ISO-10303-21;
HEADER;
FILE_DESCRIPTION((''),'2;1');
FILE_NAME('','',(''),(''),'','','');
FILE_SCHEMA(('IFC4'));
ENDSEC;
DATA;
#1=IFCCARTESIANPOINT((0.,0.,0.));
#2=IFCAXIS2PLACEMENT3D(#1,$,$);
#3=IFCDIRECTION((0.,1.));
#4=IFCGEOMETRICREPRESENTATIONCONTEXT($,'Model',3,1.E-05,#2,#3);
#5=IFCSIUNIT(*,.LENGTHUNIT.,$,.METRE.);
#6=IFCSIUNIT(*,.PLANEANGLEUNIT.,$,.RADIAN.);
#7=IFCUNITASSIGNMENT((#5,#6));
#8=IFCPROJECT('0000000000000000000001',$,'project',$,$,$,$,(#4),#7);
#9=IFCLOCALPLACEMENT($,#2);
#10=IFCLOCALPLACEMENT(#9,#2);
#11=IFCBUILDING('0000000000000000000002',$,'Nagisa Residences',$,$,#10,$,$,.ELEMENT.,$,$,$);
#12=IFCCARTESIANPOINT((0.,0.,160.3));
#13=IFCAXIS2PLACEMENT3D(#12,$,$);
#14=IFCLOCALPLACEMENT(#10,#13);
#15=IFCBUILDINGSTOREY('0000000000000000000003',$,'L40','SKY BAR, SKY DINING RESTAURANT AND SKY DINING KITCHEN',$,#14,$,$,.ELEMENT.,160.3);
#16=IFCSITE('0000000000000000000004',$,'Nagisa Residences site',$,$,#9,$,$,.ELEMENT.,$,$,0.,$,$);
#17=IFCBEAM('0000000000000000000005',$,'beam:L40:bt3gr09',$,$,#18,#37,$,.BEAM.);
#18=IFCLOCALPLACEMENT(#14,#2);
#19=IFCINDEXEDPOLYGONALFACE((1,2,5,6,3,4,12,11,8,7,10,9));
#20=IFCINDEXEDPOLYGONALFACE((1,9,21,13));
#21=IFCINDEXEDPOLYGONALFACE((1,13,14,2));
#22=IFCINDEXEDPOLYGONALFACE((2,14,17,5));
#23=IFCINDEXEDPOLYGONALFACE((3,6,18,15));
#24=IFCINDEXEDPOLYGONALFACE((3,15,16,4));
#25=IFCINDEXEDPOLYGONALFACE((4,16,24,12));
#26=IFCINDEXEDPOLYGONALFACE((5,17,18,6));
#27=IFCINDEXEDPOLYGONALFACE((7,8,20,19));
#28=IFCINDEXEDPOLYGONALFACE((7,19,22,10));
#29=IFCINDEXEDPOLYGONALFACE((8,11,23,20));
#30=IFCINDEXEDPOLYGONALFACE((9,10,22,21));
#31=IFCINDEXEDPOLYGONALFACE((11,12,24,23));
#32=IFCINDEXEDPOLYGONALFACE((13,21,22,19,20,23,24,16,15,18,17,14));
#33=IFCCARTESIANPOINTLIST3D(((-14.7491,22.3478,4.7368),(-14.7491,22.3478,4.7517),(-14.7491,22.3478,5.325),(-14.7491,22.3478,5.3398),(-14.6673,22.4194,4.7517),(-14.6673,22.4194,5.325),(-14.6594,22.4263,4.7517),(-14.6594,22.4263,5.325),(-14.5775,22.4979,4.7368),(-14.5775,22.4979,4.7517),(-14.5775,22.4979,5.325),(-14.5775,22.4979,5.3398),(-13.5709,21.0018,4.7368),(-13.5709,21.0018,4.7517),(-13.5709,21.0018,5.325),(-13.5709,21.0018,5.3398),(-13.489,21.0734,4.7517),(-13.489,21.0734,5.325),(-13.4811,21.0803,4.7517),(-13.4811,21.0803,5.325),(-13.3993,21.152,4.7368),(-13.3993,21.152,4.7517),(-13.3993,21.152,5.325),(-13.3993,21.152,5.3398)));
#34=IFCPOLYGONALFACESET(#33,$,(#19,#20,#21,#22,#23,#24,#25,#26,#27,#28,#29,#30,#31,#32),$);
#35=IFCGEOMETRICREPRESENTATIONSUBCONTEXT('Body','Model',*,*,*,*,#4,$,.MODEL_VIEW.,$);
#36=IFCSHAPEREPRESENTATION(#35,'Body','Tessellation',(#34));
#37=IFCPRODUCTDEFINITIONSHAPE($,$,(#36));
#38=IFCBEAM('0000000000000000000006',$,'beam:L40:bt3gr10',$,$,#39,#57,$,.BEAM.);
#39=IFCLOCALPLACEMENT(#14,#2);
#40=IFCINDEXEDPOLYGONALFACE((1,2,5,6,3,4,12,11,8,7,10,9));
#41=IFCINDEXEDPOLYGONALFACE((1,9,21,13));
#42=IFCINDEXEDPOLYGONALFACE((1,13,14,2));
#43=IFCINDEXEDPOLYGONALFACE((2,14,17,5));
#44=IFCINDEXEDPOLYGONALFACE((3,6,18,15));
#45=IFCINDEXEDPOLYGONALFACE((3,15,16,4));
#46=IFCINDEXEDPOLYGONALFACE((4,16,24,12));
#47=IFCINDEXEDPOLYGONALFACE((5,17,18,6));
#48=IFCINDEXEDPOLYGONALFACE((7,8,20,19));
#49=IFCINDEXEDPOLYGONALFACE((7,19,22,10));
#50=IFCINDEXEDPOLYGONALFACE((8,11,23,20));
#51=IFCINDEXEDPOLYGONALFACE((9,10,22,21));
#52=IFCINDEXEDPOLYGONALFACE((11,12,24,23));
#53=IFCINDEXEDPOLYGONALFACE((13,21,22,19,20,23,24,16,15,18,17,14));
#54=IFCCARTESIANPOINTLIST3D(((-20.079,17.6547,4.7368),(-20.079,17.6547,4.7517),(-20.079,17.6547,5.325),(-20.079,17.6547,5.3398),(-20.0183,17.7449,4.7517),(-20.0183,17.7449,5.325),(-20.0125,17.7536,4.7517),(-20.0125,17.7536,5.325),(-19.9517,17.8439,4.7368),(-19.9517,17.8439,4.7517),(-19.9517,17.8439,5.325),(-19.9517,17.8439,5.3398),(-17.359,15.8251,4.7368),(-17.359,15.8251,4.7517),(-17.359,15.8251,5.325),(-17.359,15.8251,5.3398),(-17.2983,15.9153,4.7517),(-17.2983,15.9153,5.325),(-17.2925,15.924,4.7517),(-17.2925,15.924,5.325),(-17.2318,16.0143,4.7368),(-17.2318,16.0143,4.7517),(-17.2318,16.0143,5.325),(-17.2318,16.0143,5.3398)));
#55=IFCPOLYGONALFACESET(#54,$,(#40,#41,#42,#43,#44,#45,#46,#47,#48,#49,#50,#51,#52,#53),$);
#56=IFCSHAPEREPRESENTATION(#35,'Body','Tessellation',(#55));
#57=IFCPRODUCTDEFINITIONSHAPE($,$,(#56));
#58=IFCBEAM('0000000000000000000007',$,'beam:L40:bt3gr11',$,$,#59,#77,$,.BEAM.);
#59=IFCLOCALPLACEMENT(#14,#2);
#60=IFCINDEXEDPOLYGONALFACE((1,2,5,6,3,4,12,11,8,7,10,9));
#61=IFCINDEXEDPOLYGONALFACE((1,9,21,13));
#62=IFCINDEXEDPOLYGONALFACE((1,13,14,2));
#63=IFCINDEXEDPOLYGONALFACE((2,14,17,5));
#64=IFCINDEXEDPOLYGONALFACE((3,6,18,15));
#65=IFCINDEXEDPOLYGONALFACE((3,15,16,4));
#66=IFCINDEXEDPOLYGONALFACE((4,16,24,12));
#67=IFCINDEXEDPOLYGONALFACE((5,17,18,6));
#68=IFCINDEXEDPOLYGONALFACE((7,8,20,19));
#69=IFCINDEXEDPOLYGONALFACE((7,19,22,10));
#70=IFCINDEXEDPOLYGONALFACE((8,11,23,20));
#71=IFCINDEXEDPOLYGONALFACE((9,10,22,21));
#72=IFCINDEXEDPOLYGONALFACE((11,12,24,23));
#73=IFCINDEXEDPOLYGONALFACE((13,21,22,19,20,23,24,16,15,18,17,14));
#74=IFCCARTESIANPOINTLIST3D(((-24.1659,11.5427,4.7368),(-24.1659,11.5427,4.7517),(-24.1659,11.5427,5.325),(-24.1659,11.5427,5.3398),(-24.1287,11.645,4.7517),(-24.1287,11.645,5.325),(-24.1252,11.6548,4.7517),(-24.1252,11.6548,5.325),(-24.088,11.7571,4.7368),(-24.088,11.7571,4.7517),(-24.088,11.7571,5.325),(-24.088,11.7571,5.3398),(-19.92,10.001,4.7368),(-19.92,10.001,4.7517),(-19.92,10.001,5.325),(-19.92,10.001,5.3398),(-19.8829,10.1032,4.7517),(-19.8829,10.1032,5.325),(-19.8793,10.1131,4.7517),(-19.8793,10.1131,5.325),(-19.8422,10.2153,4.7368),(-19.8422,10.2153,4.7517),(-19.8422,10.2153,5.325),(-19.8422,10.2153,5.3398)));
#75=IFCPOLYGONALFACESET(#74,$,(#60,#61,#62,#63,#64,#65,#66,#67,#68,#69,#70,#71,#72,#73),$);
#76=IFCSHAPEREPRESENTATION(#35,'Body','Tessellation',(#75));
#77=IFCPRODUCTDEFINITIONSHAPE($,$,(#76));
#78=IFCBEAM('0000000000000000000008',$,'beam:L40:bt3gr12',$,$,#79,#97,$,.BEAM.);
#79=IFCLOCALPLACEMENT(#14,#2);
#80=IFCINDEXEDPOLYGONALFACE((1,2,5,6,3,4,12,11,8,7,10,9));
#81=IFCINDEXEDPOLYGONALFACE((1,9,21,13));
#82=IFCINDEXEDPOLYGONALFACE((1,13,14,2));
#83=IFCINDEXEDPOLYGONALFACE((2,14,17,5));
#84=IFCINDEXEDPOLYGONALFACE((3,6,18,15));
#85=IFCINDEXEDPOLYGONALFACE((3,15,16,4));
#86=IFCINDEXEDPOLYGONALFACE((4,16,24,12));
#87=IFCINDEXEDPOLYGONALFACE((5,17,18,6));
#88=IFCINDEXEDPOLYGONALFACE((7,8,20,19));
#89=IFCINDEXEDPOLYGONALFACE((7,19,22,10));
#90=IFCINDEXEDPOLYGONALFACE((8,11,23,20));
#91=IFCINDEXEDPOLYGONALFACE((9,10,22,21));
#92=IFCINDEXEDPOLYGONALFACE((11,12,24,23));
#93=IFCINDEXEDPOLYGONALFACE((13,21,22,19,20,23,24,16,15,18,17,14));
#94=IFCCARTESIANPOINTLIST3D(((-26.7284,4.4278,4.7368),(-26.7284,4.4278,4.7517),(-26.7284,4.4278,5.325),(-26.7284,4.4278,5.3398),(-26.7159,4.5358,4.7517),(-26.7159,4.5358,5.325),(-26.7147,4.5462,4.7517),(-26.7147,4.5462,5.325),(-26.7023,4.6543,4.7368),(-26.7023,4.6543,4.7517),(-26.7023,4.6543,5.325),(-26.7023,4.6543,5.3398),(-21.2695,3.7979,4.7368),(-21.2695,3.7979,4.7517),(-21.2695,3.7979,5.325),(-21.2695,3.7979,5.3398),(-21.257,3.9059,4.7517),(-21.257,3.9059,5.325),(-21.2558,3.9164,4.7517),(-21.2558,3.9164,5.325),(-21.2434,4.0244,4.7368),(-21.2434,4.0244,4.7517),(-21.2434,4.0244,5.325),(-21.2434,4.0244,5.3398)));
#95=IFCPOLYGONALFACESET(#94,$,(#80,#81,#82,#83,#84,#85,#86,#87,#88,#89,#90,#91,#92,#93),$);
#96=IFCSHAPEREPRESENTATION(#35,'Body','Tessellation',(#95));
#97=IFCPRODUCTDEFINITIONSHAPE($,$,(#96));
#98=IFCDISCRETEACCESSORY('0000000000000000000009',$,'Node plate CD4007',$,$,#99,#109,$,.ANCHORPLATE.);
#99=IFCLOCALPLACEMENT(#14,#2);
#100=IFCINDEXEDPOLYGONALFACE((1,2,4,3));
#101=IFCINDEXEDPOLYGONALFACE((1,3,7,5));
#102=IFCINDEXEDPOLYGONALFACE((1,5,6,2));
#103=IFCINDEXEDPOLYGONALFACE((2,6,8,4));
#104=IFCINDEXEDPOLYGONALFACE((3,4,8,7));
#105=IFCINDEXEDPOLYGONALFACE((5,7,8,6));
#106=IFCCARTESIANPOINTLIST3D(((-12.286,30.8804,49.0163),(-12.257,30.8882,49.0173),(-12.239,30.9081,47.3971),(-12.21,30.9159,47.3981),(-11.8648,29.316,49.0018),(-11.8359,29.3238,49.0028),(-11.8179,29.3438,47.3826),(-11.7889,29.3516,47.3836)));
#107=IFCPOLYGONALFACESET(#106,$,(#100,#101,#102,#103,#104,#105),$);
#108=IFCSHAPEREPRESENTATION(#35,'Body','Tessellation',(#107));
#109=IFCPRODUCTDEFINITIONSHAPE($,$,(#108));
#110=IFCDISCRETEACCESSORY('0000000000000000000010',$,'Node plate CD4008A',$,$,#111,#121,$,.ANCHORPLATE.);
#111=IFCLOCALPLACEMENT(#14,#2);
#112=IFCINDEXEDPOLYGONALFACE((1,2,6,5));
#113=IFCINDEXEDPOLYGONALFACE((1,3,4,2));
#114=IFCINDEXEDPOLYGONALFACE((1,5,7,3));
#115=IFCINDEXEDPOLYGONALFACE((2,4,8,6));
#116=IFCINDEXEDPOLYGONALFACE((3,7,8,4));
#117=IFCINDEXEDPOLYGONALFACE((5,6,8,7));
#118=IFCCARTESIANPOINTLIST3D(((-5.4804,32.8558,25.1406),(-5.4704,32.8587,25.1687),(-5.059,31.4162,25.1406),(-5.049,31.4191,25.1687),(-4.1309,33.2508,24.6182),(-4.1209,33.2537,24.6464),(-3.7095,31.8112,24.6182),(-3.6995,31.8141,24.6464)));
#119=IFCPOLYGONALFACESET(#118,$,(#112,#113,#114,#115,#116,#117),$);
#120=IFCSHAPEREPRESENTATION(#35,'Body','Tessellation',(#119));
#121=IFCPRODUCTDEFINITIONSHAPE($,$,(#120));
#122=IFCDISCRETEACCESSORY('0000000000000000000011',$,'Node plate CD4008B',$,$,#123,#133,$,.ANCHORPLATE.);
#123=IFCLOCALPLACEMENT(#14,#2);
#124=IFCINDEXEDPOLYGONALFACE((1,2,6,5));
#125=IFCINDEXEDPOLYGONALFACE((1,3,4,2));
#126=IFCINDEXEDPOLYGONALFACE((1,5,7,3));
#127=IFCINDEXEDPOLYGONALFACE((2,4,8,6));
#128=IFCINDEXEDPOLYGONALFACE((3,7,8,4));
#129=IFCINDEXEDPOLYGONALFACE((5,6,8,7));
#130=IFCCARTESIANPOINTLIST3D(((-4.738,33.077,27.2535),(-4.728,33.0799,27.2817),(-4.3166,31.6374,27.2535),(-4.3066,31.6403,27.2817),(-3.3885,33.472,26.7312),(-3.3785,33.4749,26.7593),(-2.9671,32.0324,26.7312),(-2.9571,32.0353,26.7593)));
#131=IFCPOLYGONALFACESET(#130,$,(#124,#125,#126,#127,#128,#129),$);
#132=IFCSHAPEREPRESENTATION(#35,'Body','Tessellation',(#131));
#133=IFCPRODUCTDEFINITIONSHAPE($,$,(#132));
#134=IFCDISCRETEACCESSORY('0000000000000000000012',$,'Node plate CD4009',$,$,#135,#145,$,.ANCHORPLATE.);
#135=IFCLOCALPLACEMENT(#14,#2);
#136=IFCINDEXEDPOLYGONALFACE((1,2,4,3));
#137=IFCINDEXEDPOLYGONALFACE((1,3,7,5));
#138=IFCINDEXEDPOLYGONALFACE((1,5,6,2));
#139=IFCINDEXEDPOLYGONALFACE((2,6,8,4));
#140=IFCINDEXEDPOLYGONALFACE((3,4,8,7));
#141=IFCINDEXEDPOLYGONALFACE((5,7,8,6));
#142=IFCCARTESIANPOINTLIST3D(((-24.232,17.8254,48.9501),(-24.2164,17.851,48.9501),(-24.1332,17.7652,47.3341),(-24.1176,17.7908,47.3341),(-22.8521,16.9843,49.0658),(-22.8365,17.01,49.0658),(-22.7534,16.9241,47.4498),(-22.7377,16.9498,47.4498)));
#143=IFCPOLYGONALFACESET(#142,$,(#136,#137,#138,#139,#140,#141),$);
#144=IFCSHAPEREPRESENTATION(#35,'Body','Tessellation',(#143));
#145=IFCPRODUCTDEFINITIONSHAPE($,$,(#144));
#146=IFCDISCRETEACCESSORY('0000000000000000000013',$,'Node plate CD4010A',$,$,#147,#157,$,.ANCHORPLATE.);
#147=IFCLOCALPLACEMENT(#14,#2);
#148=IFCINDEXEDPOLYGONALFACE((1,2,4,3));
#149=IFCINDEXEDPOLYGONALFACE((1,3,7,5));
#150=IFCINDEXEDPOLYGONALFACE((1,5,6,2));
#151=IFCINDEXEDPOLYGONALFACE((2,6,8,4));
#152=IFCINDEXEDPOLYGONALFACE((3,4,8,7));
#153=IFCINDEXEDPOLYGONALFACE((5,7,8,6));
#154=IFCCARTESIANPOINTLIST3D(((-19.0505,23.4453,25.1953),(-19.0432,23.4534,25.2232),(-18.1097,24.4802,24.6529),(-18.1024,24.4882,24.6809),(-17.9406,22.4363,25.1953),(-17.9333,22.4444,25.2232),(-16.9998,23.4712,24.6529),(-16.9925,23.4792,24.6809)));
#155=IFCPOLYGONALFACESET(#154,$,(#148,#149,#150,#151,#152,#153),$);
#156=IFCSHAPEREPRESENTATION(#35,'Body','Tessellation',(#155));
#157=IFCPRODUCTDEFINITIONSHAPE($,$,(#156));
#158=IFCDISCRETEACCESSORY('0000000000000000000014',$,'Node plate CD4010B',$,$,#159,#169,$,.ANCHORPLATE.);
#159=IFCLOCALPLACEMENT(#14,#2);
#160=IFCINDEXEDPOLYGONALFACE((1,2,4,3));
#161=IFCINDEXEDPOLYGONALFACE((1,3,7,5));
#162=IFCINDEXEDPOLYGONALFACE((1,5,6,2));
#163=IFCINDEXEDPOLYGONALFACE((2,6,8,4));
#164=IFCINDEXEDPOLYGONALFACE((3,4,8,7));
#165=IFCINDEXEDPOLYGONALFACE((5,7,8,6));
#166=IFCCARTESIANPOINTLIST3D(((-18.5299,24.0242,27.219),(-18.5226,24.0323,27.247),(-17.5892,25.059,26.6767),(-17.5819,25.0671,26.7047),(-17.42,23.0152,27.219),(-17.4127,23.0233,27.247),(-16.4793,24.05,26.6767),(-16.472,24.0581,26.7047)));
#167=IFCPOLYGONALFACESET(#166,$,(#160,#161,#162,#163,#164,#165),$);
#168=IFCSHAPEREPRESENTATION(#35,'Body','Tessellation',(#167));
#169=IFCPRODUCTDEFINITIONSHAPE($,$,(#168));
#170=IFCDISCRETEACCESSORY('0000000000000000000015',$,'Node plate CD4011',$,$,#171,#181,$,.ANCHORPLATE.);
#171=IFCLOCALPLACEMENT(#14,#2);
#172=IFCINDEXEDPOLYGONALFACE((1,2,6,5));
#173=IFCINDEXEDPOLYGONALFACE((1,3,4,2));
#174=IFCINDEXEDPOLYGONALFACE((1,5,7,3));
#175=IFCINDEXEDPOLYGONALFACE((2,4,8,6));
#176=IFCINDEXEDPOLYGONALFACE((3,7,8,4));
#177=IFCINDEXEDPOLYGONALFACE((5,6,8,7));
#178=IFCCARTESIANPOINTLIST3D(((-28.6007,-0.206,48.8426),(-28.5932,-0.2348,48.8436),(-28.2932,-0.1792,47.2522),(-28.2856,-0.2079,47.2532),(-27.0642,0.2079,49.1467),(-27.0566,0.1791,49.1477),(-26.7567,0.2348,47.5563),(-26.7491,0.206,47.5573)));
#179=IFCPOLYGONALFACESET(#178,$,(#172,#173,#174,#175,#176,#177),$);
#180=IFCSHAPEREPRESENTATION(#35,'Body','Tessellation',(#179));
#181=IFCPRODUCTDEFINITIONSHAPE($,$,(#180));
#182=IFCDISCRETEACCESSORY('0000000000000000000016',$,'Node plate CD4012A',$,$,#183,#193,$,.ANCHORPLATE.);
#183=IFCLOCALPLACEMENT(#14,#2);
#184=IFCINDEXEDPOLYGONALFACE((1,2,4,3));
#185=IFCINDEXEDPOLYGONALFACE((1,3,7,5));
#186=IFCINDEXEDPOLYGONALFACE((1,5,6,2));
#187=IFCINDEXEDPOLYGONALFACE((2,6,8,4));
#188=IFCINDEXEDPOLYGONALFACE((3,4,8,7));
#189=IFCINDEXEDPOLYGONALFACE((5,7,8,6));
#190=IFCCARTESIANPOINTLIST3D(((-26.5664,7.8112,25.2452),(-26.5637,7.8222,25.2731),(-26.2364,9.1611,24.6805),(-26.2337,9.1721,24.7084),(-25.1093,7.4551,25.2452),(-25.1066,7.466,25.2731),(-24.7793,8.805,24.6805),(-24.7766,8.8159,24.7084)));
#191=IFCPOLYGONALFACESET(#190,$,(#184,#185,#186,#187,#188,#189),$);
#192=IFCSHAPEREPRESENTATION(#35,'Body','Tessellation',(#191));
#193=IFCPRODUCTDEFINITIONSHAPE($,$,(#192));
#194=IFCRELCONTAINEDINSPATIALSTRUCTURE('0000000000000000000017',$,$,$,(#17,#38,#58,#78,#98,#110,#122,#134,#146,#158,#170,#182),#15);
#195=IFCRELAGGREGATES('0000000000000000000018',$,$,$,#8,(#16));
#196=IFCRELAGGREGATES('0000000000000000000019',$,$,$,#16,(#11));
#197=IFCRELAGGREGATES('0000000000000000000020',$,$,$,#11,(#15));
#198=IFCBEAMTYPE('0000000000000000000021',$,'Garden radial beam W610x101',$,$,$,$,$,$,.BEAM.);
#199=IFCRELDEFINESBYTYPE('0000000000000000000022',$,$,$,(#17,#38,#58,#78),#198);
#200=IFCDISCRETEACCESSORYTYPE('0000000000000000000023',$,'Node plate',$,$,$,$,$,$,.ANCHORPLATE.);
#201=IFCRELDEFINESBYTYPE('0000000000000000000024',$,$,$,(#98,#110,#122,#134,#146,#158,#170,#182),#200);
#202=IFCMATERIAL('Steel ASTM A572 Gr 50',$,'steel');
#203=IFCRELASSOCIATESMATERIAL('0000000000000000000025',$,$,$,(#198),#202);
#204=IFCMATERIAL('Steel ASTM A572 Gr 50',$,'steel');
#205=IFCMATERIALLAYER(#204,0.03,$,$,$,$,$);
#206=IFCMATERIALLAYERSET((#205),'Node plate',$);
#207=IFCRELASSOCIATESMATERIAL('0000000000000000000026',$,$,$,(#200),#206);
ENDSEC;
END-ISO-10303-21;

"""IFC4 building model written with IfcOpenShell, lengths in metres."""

from ifc_helpers import new_model, si_unit, direction, frame, origin, origin_2d, place, context, subcontext, project, spatial, rectangle, i_section, extrude, material, layer, layer_set, material_profile, profile_set, type_object, element, save


model = new_model("IFC4")

# Units and contexts
model_context = context("Model", 3, precision=1e-05, world=origin(), true_north=direction((0.0, 1.0)))
body_context = subcontext(model_context, "Body", "Model", "MODEL_VIEW")
ifc_project = project(units=[si_unit("LENGTHUNIT", "METRE"), si_unit("PLANEANGLEUNIT", "RADIAN")], contexts=[model_context])

# Site, building, storey
site_placement = place(None, origin())
site = spatial("IfcSite", under=ifc_project, at=site_placement, Name="Nagisa Residences site", CompositionType="ELEMENT", RefElevation=0.0)
building_placement = place(site_placement, origin())
building = spatial("IfcBuilding", under=site, at=building_placement, Name="Nagisa Residences", CompositionType="ELEMENT")
storey_placement = place(building_placement, frame((0.0, 0.0, 160.3)))
storey = spatial("IfcBuildingStorey", under=building, at=storey_placement, Name="L40", Description="SKY BAR, SKY DINING RESTAURANT AND SKY DINING KITCHEN", CompositionType="ELEMENT", Elevation=160.3)

# Beams
ifc_material_1 = material(Name="Steel ASTM A572 Gr 50", Category="steel")
ifc_material_profile_1 = material_profile(ifc_material_1, i_section(OverallWidth=0.228, OverallDepth=0.603, WebThickness=0.0105, FlangeThickness=0.0149, at=origin_2d()), Name="W610x101")
ifc_profile_set_1 = profile_set([ifc_material_profile_1], Name="Steel ASTM A572 Gr 50")
beam_type_1 = type_object("IfcBeamType", Name="Garden radial beam W610x101", PredefinedType="BEAM", material=ifc_profile_set_1)
beam_1_placement = place(storey_placement, frame((-14.6633, 22.4229, 5.0383), z_axis=(0.658669, -0.752433, 0.0), x_axis=(0.752433, 0.658669, 0.0)))
element("IfcBeam", 1, at=beam_1_placement, inside=storey, type_object=beam_type_1, Name="beam:L40:bt3gr09", PredefinedType="BEAM", context=body_context, shape_type="SweptSolid", body=[
    extrude(i_section(OverallWidth=0.228, OverallDepth=0.603, WebThickness=0.0105, FlangeThickness=0.0149, at=origin_2d()), origin(), (0.0, 0.0, 1.0), 1.7888),
])
beam_2_placement = place(storey_placement, frame((-20.0154, 17.7493, 5.0383), z_axis=(0.829752, -0.558133, 0.0), x_axis=(0.558133, 0.829752, 0.0)))
element("IfcBeam", 2, at=beam_2_placement, inside=storey, type_object=beam_type_1, Name="beam:L40:bt3gr10", PredefinedType="BEAM", context=body_context, shape_type="SweptSolid", body=[
    extrude(i_section(OverallWidth=0.228, OverallDepth=0.603, WebThickness=0.0105, FlangeThickness=0.0149, at=origin_2d()), origin(), (0.0, 0.0, 1.0), 3.2781),
])
beam_3_placement = place(storey_placement, frame((-24.127, 11.6499, 5.0383), z_axis=(0.93995, -0.341313, 0.0), x_axis=(0.341313, 0.93995, 0.0)))
element("IfcBeam", 3, at=beam_3_placement, inside=storey, type_object=beam_type_1, Name="beam:L40:bt3gr11", PredefinedType="BEAM", context=body_context, shape_type="SweptSolid", body=[
    extrude(i_section(OverallWidth=0.228, OverallDepth=0.603, WebThickness=0.0105, FlangeThickness=0.0149, at=origin_2d()), origin(), (0.0, 0.0, 1.0), 4.5171),
])
beam_4_placement = place(storey_placement, frame((-26.7153, 4.541, 5.0383), z_axis=(0.993409, -0.114624, 0.0), x_axis=(0.114624, 0.993409, 0.0)))
element("IfcBeam", 4, at=beam_4_placement, inside=storey, type_object=beam_type_1, Name="beam:L40:bt3gr12", PredefinedType="BEAM", context=body_context, shape_type="SweptSolid", body=[
    extrude(i_section(OverallWidth=0.228, OverallDepth=0.603, WebThickness=0.0105, FlangeThickness=0.0149, at=origin_2d()), origin(), (0.0, 0.0, 1.0), 5.4951),
])

# Discrete accessories
ifc_material_2 = material(Name="Steel ASTM A572 Gr 50", Category="steel")
ifc_layer = layer(ifc_material_2, 0.03)
ifc_layer_set = layer_set([ifc_layer], Name="Node plate")
discrete_accessory_type = type_object("IfcDiscreteAccessoryType", Name="Node plate", PredefinedType="ANCHORPLATE", material=ifc_layer_set)
discrete_accessory_1_placement = place(storey_placement, frame((-12.0229, 30.1199, 48.2004), z_axis=(-0.965186, -0.259546, -0.032443), x_axis=(0.028996, 0.017102, -0.999433)))
element("IfcDiscreteAccessory", 5, at=discrete_accessory_1_placement, inside=storey, type_object=discrete_accessory_type, Name="Node plate CD4007", PredefinedType="ANCHORPLATE", context=body_context, shape_type="SweptSolid", body=[
    extrude(rectangle(XDim=1.6201, YDim=1.6201, at=origin_2d()), origin(), (0.0, 0.0, 1.0), 0.03),
])
for number, where, z_axis, x_axis, name in (
    (6, (-4.595, 32.3335, 24.8794), (0.334207, 0.097817, 0.93741), (-0.280899, 0.959737, 0.0), "Node plate CD4008A"),
    (7, (-3.8425, 32.5576, 27.0205), (-0.334207, -0.097817, -0.93741), (0.280899, -0.959737, 0.0), "Node plate CD4008B"),
):
    element("IfcDiscreteAccessory", number, at=place(storey_placement, frame(where, z_axis=z_axis, x_axis=x_axis)), inside=storey, type_object=discrete_accessory_type, Name=name, PredefinedType="ANCHORPLATE", context=body_context, shape_type="SweptSolid", body=[
        extrude(rectangle(XDim=1.5, YDim=1.5, at=origin_2d()), origin(), (0.0, 0.0, 1.0), 0.03),
    ])
discrete_accessory_2_placement = place(storey_placement, frame((-23.4927, 17.3748, 48.2), z_axis=(0.520463, 0.853884, 0.0), x_axis=(0.060975, -0.037166, -0.997447)))
element("IfcDiscreteAccessory", 8, at=discrete_accessory_2_placement, inside=storey, type_object=discrete_accessory_type, Name="Node plate CD4009", PredefinedType="ANCHORPLATE", context=body_context, shape_type="SweptSolid", body=[
    extrude(rectangle(XDim=1.6201, YDim=1.6201, at=origin_2d()), origin(), (0.0, 0.0, 1.0), 0.03),
])
for number, where, z_axis, x_axis, name in (
    (9, (-18.0251, 23.4583, 24.9241), (0.24322, 0.267542, 0.932344), (-0.73994, 0.672673, 0.0), "Node plate CD4010A"),
    (10, (-17.4973, 24.0452, 26.9758), (-0.24322, -0.267542, -0.932344), (0.73994, -0.672673, 0.0), "Node plate CD4010B"),
):
    element("IfcDiscreteAccessory", number, at=place(storey_placement, frame(where, z_axis=z_axis, x_axis=x_axis)), inside=storey, type_object=discrete_accessory_type, Name=name, PredefinedType="ANCHORPLATE", context=body_context, shape_type="SweptSolid", body=[
        extrude(rectangle(XDim=1.5, YDim=1.5, at=origin_2d()), origin(), (0.0, 0.0, 1.0), 0.03),
    ])
discrete_accessory_3_placement = place(storey_placement, frame((-27.6711, -0.0144, 48.2004), z_axis=(-0.253953, 0.966661, -0.032768), x_axis=(0.189827, 0.016593, -0.981677)))
element("IfcDiscreteAccessory", 11, at=discrete_accessory_3_placement, inside=storey, type_object=discrete_accessory_type, Name="Node plate CD4011", PredefinedType="ANCHORPLATE", context=body_context, shape_type="SweptSolid", body=[
    extrude(rectangle(XDim=1.6201, YDim=1.6201, at=origin_2d()), origin(), (0.0, 0.0, 1.0), 0.0298),
])
for number, where, z_axis, x_axis, name in (
    (12, (-25.6729, 8.3081, 24.9629), (0.089392, 0.365697, 0.926431), (-0.971399, 0.237453, 0.0), "Node plate CD4012A"),
):
    element("IfcDiscreteAccessory", number, at=place(storey_placement, frame(where, z_axis=z_axis, x_axis=x_axis)), inside=storey, type_object=discrete_accessory_type, Name=name, PredefinedType="ANCHORPLATE", context=body_context, shape_type="SweptSolid", body=[
        extrude(rectangle(XDim=1.5, YDim=1.5, at=origin_2d()), origin(), (0.0, 0.0, 1.0), 0.03),
    ])

save(model, "model.ifc")
